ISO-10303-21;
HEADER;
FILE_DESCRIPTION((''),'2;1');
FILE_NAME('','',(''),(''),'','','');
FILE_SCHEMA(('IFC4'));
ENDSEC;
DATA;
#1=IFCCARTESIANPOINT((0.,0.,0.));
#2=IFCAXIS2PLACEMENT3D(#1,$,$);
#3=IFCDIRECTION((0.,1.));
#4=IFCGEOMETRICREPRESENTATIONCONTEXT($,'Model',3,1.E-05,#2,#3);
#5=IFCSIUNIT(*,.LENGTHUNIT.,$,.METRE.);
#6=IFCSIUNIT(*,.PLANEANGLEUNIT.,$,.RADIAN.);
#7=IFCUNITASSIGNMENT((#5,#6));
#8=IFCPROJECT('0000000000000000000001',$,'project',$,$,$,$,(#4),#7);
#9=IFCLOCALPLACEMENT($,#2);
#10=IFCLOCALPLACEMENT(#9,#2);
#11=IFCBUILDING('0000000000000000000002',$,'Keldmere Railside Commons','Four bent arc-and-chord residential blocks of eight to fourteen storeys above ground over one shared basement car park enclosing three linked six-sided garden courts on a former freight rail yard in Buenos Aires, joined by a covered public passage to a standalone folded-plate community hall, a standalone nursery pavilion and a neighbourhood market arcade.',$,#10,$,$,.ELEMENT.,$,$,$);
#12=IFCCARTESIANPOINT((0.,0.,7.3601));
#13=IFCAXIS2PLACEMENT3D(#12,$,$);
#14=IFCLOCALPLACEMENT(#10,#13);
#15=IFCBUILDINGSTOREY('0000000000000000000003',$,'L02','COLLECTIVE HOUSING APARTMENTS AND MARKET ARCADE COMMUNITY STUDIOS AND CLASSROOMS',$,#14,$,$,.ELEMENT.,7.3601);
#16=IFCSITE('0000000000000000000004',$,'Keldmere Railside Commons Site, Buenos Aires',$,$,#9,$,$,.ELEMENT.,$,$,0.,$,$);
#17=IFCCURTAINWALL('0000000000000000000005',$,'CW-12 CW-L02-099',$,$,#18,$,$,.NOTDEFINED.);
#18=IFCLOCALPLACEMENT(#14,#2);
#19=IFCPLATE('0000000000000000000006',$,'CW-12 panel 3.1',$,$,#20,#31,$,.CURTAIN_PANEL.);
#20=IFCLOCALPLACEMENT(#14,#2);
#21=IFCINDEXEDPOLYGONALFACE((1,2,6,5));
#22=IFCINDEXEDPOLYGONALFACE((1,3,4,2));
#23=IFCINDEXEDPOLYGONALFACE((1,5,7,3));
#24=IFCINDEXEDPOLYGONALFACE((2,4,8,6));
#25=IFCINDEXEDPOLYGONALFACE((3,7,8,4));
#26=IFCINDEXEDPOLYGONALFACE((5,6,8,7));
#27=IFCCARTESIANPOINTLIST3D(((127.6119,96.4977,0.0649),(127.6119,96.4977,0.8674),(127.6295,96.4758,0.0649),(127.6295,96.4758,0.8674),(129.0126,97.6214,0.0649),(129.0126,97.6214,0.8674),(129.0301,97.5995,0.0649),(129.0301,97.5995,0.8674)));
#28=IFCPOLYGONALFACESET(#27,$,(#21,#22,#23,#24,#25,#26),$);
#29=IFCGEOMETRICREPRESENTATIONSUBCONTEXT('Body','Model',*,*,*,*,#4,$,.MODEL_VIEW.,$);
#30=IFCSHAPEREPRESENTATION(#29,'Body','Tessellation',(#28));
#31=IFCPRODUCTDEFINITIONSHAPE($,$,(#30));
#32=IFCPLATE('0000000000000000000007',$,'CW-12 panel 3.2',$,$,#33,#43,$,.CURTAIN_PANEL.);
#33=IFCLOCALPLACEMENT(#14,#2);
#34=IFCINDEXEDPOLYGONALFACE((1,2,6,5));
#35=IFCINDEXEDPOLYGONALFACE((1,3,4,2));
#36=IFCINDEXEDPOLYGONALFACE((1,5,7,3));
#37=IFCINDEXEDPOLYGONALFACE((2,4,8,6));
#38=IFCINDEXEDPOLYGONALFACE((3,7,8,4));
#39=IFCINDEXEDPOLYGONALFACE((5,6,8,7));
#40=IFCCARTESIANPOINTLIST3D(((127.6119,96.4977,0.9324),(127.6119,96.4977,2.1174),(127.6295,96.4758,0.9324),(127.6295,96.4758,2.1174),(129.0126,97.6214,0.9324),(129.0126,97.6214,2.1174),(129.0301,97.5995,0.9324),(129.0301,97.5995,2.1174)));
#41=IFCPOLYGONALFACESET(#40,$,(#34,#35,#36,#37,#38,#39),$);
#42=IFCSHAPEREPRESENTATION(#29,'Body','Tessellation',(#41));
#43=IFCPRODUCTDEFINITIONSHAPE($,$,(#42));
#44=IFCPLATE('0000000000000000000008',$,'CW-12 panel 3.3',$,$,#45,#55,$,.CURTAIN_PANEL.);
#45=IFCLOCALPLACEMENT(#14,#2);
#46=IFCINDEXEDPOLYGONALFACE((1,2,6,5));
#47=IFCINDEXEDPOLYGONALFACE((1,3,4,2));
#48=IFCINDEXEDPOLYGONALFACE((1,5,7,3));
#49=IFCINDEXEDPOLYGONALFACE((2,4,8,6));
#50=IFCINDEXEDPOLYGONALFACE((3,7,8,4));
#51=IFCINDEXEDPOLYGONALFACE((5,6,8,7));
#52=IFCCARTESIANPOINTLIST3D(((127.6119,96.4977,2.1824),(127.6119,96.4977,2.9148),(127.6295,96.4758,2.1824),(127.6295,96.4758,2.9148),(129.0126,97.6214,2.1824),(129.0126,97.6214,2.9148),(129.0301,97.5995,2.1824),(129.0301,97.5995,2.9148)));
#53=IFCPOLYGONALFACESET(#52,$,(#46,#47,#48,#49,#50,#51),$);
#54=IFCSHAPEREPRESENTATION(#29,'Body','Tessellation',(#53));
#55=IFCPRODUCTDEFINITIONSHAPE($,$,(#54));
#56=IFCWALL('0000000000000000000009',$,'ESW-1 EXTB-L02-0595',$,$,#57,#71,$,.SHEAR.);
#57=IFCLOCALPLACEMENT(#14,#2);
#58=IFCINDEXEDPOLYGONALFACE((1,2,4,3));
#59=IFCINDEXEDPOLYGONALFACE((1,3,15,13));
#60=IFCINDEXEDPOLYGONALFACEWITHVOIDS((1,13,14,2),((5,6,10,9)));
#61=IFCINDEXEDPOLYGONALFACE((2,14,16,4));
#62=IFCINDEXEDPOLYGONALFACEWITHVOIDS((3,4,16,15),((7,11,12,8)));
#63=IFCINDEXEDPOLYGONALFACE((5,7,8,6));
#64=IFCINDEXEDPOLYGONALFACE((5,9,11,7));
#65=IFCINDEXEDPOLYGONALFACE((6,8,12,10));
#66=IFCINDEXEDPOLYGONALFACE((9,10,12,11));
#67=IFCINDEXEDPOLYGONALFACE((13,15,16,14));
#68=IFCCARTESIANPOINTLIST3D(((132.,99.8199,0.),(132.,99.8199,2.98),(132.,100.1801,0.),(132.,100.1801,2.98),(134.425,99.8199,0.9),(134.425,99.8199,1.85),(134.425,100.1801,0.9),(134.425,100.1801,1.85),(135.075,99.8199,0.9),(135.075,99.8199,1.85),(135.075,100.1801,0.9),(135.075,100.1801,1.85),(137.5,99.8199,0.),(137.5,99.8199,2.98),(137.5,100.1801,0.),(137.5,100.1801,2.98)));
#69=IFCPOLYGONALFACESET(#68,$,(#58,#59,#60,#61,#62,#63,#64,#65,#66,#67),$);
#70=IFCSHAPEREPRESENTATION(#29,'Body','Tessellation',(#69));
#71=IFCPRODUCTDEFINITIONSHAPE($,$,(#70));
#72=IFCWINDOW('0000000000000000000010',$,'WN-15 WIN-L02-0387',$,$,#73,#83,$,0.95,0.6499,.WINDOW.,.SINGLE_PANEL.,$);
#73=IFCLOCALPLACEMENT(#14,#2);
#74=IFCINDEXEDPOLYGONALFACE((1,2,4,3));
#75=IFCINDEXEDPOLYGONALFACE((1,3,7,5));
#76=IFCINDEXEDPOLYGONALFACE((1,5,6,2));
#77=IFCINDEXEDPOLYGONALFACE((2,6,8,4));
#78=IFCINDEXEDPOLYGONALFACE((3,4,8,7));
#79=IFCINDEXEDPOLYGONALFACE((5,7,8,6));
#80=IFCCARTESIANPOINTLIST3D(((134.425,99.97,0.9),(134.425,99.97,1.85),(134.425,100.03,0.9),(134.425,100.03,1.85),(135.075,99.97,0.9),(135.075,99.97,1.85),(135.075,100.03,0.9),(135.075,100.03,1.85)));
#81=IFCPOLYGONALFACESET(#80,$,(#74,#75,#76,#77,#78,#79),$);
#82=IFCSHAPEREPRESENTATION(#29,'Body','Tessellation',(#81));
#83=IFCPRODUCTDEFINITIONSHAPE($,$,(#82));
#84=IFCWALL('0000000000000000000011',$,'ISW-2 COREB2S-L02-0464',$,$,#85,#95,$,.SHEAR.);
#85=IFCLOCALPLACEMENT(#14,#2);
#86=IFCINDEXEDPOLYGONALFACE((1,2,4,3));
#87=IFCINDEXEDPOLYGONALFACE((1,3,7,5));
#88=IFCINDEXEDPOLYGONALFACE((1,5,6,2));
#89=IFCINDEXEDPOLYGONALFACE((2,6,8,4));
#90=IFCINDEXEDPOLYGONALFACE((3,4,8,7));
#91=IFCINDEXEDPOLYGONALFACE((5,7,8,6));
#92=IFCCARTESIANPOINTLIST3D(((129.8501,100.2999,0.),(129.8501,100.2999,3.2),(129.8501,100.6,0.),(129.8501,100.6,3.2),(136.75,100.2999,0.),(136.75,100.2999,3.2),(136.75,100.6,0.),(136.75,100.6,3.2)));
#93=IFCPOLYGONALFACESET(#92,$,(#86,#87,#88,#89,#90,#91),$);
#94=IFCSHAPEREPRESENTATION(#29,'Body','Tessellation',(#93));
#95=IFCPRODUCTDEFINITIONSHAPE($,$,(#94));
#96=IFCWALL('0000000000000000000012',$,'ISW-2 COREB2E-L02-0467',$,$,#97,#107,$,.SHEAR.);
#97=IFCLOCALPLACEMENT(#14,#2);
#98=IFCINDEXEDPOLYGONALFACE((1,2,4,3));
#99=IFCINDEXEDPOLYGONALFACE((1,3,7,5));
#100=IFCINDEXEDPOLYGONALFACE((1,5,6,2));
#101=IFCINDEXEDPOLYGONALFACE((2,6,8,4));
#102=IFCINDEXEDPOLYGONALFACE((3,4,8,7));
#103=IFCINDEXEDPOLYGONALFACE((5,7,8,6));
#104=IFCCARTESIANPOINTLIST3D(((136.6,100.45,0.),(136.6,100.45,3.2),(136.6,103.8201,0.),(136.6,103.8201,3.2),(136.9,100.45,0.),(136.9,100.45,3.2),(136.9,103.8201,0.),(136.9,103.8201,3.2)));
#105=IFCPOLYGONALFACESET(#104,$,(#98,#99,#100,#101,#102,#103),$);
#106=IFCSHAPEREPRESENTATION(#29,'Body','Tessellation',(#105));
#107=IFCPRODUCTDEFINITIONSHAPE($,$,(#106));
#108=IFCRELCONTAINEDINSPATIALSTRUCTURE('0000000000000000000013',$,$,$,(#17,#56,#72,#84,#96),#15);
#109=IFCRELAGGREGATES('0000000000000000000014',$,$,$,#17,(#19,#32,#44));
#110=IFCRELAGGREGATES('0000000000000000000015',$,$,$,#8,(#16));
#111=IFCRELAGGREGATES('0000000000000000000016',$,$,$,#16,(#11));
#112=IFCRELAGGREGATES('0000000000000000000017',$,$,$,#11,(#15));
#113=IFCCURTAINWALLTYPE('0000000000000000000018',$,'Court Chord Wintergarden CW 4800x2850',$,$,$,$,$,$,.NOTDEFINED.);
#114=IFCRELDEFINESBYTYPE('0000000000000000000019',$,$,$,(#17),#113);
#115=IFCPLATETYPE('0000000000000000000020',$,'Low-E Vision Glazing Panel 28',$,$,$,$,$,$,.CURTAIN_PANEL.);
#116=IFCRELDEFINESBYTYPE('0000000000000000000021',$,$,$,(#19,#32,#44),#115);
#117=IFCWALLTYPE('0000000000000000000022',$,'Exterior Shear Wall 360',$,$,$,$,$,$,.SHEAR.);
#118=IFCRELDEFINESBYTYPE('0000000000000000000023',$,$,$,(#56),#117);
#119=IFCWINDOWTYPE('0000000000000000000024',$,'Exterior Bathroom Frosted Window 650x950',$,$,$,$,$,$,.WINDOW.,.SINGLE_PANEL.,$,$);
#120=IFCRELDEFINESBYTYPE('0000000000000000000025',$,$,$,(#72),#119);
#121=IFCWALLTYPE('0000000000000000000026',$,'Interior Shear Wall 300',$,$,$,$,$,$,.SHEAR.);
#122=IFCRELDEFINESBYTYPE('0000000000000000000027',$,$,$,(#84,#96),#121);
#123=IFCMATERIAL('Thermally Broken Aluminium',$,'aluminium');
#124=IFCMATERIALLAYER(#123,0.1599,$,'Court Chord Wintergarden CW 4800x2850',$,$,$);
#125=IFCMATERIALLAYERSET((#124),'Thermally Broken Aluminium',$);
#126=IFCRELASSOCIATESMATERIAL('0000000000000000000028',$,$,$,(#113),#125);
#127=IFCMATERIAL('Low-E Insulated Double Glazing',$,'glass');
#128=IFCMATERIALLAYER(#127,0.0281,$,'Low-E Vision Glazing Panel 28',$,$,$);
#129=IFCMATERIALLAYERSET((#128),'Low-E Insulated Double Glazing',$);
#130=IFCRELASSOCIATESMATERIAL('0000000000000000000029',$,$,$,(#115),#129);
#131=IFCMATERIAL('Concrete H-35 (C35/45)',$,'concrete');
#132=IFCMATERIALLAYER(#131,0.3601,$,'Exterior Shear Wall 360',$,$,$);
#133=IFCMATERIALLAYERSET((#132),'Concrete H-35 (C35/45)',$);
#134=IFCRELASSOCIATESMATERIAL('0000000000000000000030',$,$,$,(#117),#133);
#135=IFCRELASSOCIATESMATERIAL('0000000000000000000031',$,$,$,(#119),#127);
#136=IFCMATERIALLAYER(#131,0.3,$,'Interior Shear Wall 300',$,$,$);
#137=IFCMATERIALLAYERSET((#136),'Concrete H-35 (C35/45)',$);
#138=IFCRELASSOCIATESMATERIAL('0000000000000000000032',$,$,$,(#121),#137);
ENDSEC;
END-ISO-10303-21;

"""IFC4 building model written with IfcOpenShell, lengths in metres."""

from ifc_helpers import new_model, si_unit, direction, frame, frame_2d, origin, origin_2d, place, context, subcontext, project, spatial, rectangle, extrude, material, layer, layer_set, type_object, element, fill, aggregate, save


model = new_model("IFC4")

# Units and contexts
model_context = context("Model", 3, precision=1e-05, world=origin(), true_north=direction((0.0, 1.0)))
body_context = subcontext(model_context, "Body", "Model", "MODEL_VIEW")
ifc_project = project(units=[si_unit("LENGTHUNIT", "METRE"), si_unit("PLANEANGLEUNIT", "RADIAN")], contexts=[model_context])

# Site, building, storey
site_placement = place(None, origin())
site = spatial("IfcSite", under=ifc_project, at=site_placement, Name="Keldmere Railside Commons Site, Buenos Aires", CompositionType="ELEMENT", RefElevation=0.0)
building_placement = place(site_placement, origin())
building = spatial("IfcBuilding", under=site, at=building_placement, Name="Keldmere Railside Commons", Description="Four bent arc-and-chord residential blocks of eight to fourteen storeys above ground over one shared basement car park enclosing three linked six-sided garden courts on a former freight rail yard in Buenos Aires, joined by a covered public passage to a standalone folded-plate community hall, a standalone nursery pavilion and a neighbourhood market arcade.", CompositionType="ELEMENT")
storey_placement = place(building_placement, frame((0.0, 0.0, 7.3601)))
storey = spatial("IfcBuildingStorey", under=building, at=storey_placement, Name="L02", Description="COLLECTIVE HOUSING APARTMENTS AND MARKET ARCADE COMMUNITY STUDIOS AND CLASSROOMS", CompositionType="ELEMENT", Elevation=7.3601)

# Shared definitions
ifc_material_1 = material(Name="Thermally Broken Aluminium", Category="aluminium")

# Curtain wall, plates
ifc_layer_1 = layer(ifc_material_1, 0.1599, Name="Court Chord Wintergarden CW 4800x2850")
ifc_layer_set_1 = layer_set([ifc_layer_1], Name="Thermally Broken Aluminium")
curtain_wall_type_1 = type_object("IfcCurtainWallType", Name="Court Chord Wintergarden CW 4800x2850", PredefinedType="NOTDEFINED", material=ifc_layer_set_1)
curtain_wall_1_placement = place(storey_placement, origin())
curtain_wall_1 = element("IfcCurtainWall", 1, at=curtain_wall_1_placement, inside=storey, type_object=curtain_wall_type_1, Name="CW-12 CW-L02-099", PredefinedType="NOTDEFINED")
ifc_material_2 = material(Name="Low-E Insulated Double Glazing", Category="glass")
ifc_layer_2 = layer(ifc_material_2, 0.0281, Name="Low-E Vision Glazing Panel 28")
ifc_layer_set_2 = layer_set([ifc_layer_2], Name="Low-E Insulated Double Glazing")
plate_type = type_object("IfcPlateType", Name="Low-E Vision Glazing Panel 28", PredefinedType="CURTAIN_PANEL", material=ifc_layer_set_2)
plate_1_placement = place(storey_placement, frame((128.321, 97.0486, 0.0649), z_axis=(0.0, 0.0, 1.0), x_axis=(-0.780009, -0.625768, 0.0)))
plate_1 = element("IfcPlate", 2, at=plate_1_placement, type_object=plate_type, Name="CW-12 panel 3.1", PredefinedType="CURTAIN_PANEL", context=body_context, shape_type="SweptSolid", body=[
    extrude(rectangle(XDim=1.7957, YDim=0.0281, at=origin_2d()), origin(), (0.0, 0.0, 1.0), 0.8025),
])
plate_2_placement = place(storey_placement, frame((128.321, 97.0486, 0.9324), z_axis=(0.0, 0.0, 1.0), x_axis=(-0.780009, -0.625768, 0.0)))
plate_2 = element("IfcPlate", 3, at=plate_2_placement, type_object=plate_type, Name="CW-12 panel 3.2", PredefinedType="CURTAIN_PANEL", context=body_context, shape_type="SweptSolid", body=[
    extrude(rectangle(XDim=1.7957, YDim=0.0281, at=origin_2d()), origin(), (0.0, 0.0, 1.0), 1.1851),
])
plate_3_placement = place(storey_placement, frame((128.321, 97.0486, 2.1824), z_axis=(0.0, 0.0, 1.0), x_axis=(-0.780009, -0.625768, 0.0)))
plate_3 = element("IfcPlate", 4, at=plate_3_placement, type_object=plate_type, Name="CW-12 panel 3.3", PredefinedType="CURTAIN_PANEL", context=body_context, shape_type="SweptSolid", body=[
    extrude(rectangle(XDim=1.7957, YDim=0.0281, at=origin_2d()), origin(), (0.0, 0.0, 1.0), 0.7324),
])
aggregate(curtain_wall_1, [plate_1, plate_2, plate_3])

# Wall, opening, window
ifc_material_3 = material(Name="Concrete H-35 (C35/45)", Category="concrete")
ifc_layer_3 = layer(ifc_material_3, 0.3601, Name="Exterior Shear Wall 360")
ifc_layer_set_3 = layer_set([ifc_layer_3], Name="Concrete H-35 (C35/45)")
wall_type_1 = type_object("IfcWallType", Name="Exterior Shear Wall 360", PredefinedType="SHEAR", material=ifc_layer_set_3)
wall_1_placement = place(storey_placement, frame((137.5, 100.0, 0.0), z_axis=(0.0, 0.0, 1.0), x_axis=(-1.0, 0.0, 0.0)))
wall_1 = element("IfcWall", 5, at=wall_1_placement, inside=storey, type_object=wall_type_1, Name="ESW-1 EXTB-L02-0595", PredefinedType="SHEAR", context=body_context, shape_type="SweptSolid", body=[
    extrude(rectangle(XDim=5.5, YDim=0.3601, at=frame_2d((2.75, 0.0))), origin(), (0.0, 0.0, 1.0), 2.98),
])
opening_placement = place(wall_1_placement, frame((2.425, 0.0, 0.8999)))
opening = element("IfcOpeningElement", 6, at=opening_placement, cuts=wall_1, PredefinedType="OPENING", context=body_context, shape_type="SweptSolid", body=[
    extrude(rectangle(XDim=0.6499, YDim=0.95, at=frame_2d((0.325, 0.4751))), frame((0.0, 0.1899, 0.0), z_axis=(0.0, -1.0, 0.0), x_axis=(1.0, 0.0, 0.0)), (0.0, 0.0, 1.0), 0.3801),
])
window_type = type_object("IfcWindowType", Name="Exterior Bathroom Frosted Window 650x950", PartitioningType="SINGLE_PANEL", PredefinedType="WINDOW", material=ifc_material_2)
window_placement = place(opening_placement, origin())
window = element("IfcWindow", 7, at=window_placement, inside=storey, type_object=window_type, Name="WN-15 WIN-L02-0387", OverallHeight=0.95, OverallWidth=0.6499, PartitioningType="SINGLE_PANEL", PredefinedType="WINDOW", context=body_context, shape_type="SweptSolid", body=[
    extrude(rectangle(XDim=0.6499, YDim=0.95, at=frame_2d((0.325, 0.4751))), frame((0.0, 0.03, 0.0), z_axis=(0.0, -1.0, 0.0), x_axis=(1.0, 0.0, 0.0)), (0.0, 0.0, 1.0), 0.0601),
])
fill(opening, window)

# Walls
ifc_layer_4 = layer(ifc_material_3, 0.3, Name="Interior Shear Wall 300")
ifc_layer_set_4 = layer_set([ifc_layer_4], Name="Concrete H-35 (C35/45)")
wall_type_2 = type_object("IfcWallType", Name="Interior Shear Wall 300", PredefinedType="SHEAR", material=ifc_layer_set_4)
wall_2_placement = place(storey_placement, frame((129.8501, 100.45, 0.0), z_axis=(0.0, 0.0, 1.0), x_axis=(1.0, 0.0, 0.0)))
element("IfcWall", 8, at=wall_2_placement, inside=storey, type_object=wall_type_2, Name="ISW-2 COREB2S-L02-0464", PredefinedType="SHEAR", context=body_context, shape_type="SweptSolid", body=[
    extrude(rectangle(XDim=6.8999, YDim=0.3, at=frame_2d((3.45, 0.0))), origin(), (0.0, 0.0, 1.0), 3.2),
])
wall_3_placement = place(storey_placement, frame((136.75, 100.45, 0.0), z_axis=(0.0, 0.0, 1.0), x_axis=(0.0, 1.0, 0.0)))
element("IfcWall", 9, at=wall_3_placement, inside=storey, type_object=wall_type_2, Name="ISW-2 COREB2E-L02-0467", PredefinedType="SHEAR", context=body_context, shape_type="SweptSolid", body=[
    extrude(rectangle(XDim=3.3701, YDim=0.3, at=frame_2d((1.6851, 0.0))), origin(), (0.0, 0.0, 1.0), 3.2),
])

save(model, "model.ifc")
